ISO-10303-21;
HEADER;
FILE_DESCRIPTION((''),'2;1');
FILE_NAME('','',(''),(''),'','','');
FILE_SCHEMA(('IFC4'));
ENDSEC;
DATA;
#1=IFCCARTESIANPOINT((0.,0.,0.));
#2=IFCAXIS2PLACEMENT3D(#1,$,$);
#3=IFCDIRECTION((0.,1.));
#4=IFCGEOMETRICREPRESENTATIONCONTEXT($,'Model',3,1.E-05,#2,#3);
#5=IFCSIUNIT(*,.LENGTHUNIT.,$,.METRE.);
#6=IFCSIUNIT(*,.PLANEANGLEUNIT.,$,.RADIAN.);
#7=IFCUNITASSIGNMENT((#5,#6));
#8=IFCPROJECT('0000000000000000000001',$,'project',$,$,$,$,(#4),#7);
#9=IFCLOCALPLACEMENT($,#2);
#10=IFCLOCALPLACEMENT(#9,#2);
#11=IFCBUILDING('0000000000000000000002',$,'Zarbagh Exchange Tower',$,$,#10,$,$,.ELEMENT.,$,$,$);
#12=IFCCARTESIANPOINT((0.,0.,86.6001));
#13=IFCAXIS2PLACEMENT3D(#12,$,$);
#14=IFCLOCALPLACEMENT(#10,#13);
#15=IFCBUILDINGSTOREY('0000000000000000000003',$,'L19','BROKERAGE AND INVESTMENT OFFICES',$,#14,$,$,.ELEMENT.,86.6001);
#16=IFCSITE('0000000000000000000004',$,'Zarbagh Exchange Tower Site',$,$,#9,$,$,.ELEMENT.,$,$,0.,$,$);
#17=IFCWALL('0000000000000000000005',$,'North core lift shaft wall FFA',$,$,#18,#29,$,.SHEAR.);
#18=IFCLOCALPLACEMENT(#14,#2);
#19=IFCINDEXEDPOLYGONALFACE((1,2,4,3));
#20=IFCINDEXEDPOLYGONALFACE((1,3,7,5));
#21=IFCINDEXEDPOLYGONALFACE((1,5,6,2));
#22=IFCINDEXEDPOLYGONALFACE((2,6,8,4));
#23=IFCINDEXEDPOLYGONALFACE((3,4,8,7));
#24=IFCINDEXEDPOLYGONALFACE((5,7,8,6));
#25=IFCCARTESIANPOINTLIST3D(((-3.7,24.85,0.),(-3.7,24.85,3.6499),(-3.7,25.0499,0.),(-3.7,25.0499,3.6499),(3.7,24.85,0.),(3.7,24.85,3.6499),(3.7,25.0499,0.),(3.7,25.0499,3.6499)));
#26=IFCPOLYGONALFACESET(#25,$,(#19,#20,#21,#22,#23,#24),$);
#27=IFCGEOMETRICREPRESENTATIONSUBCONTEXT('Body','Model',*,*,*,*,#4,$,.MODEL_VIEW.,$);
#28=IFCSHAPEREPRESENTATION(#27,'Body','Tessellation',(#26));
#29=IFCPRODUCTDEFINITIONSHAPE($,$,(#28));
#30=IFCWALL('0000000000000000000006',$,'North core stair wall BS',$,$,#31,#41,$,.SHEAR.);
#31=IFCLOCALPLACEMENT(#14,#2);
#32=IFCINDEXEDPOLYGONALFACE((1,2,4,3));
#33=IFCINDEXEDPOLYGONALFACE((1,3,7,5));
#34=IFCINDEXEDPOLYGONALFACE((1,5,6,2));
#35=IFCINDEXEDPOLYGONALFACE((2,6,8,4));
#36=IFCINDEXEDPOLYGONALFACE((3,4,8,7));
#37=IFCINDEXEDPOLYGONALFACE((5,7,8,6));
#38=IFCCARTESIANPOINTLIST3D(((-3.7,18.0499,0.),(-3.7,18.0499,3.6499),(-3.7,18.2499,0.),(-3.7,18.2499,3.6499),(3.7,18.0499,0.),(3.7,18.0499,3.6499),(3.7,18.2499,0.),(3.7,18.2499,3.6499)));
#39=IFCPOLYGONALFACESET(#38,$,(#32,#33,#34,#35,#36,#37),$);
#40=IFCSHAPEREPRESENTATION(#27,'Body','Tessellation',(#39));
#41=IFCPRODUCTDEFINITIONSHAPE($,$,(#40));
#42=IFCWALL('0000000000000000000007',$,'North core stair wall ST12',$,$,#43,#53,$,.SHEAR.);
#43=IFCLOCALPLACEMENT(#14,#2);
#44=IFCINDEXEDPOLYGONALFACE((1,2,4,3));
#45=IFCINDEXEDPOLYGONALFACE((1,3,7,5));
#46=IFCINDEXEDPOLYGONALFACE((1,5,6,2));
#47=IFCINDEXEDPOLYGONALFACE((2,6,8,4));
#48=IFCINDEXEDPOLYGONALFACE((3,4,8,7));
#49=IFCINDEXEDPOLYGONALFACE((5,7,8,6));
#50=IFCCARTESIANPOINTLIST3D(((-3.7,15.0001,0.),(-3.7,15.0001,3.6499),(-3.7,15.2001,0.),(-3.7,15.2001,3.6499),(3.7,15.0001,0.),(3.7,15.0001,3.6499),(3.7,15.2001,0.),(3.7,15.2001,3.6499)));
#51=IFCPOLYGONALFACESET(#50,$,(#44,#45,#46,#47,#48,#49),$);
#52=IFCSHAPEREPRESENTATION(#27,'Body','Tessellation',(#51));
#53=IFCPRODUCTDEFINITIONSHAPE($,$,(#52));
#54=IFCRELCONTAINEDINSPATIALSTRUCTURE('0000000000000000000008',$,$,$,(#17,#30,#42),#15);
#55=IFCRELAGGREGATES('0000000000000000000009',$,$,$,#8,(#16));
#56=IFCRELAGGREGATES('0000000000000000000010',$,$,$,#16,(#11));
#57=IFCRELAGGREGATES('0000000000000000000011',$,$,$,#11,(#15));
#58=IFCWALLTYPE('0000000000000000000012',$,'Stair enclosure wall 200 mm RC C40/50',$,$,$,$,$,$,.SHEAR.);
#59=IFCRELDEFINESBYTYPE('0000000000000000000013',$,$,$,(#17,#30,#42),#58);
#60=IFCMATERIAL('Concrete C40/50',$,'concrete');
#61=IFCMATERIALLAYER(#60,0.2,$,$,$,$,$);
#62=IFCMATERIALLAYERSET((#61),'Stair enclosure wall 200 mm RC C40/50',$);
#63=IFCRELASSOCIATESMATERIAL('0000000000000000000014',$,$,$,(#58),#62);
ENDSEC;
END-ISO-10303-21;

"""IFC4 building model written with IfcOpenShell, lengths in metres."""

from ifc_helpers import new_model, si_unit, direction, frame, frame_2d, origin, place, context, subcontext, project, spatial, rectangle, extrude, material, layer, layer_set, type_object, element, save


model = new_model("IFC4")

# Units and contexts
model_context = context("Model", 3, precision=1e-05, world=origin(), true_north=direction((0.0, 1.0)))
body_context = subcontext(model_context, "Body", "Model", "MODEL_VIEW")
ifc_project = project(units=[si_unit("LENGTHUNIT", "METRE"), si_unit("PLANEANGLEUNIT", "RADIAN")], contexts=[model_context])

# Site, building, storey
site_placement = place(None, origin())
site = spatial("IfcSite", under=ifc_project, at=site_placement, Name="Zarbagh Exchange Tower Site", CompositionType="ELEMENT", RefElevation=0.0)
building_placement = place(site_placement, origin())
building = spatial("IfcBuilding", under=site, at=building_placement, Name="Zarbagh Exchange Tower", CompositionType="ELEMENT")
storey_placement = place(building_placement, frame((0.0, 0.0, 86.6001)))
storey = spatial("IfcBuildingStorey", under=building, at=storey_placement, Name="L19", Description="BROKERAGE AND INVESTMENT OFFICES", CompositionType="ELEMENT", Elevation=86.6001)

# Walls
ifc_material_1 = material(Name="Concrete C40/50", Category="concrete")
ifc_layer_1 = layer(ifc_material_1, 0.2)
ifc_layer_set_1 = layer_set([ifc_layer_1], Name="Stair enclosure wall 200 mm RC C40/50")
wall_type_1 = type_object("IfcWallType", Name="Stair enclosure wall 200 mm RC C40/50", PredefinedType="SHEAR", material=ifc_layer_set_1)
for number, where, z_axis, x_axis, name in (
    (1, (-3.7, 24.95, 0.0), (0.0, 0.0, 1.0), (1.0, 0.0, 0.0), "North core lift shaft wall FFA"),
    (2, (-3.7, 18.1499, 0.0), (0.0, 0.0, 1.0), (1.0, 0.0, 0.0), "North core stair wall BS"),
    (3, (-3.7, 15.1001, 0.0), (0.0, 0.0, 1.0), (1.0, 0.0, 0.0), "North core stair wall ST12"),
):
    element("IfcWall", number, at=place(storey_placement, frame(where, z_axis=z_axis, x_axis=x_axis)), inside=storey, type_object=wall_type_1, Name=name, PredefinedType="SHEAR", context=body_context, shape_type="SweptSolid", body=[
        extrude(rectangle(XDim=7.3999, YDim=0.2, at=frame_2d((3.7, 0.0))), origin(), (0.0, 0.0, 1.0), 3.6499),
    ])

save(model, "model.ifc")
